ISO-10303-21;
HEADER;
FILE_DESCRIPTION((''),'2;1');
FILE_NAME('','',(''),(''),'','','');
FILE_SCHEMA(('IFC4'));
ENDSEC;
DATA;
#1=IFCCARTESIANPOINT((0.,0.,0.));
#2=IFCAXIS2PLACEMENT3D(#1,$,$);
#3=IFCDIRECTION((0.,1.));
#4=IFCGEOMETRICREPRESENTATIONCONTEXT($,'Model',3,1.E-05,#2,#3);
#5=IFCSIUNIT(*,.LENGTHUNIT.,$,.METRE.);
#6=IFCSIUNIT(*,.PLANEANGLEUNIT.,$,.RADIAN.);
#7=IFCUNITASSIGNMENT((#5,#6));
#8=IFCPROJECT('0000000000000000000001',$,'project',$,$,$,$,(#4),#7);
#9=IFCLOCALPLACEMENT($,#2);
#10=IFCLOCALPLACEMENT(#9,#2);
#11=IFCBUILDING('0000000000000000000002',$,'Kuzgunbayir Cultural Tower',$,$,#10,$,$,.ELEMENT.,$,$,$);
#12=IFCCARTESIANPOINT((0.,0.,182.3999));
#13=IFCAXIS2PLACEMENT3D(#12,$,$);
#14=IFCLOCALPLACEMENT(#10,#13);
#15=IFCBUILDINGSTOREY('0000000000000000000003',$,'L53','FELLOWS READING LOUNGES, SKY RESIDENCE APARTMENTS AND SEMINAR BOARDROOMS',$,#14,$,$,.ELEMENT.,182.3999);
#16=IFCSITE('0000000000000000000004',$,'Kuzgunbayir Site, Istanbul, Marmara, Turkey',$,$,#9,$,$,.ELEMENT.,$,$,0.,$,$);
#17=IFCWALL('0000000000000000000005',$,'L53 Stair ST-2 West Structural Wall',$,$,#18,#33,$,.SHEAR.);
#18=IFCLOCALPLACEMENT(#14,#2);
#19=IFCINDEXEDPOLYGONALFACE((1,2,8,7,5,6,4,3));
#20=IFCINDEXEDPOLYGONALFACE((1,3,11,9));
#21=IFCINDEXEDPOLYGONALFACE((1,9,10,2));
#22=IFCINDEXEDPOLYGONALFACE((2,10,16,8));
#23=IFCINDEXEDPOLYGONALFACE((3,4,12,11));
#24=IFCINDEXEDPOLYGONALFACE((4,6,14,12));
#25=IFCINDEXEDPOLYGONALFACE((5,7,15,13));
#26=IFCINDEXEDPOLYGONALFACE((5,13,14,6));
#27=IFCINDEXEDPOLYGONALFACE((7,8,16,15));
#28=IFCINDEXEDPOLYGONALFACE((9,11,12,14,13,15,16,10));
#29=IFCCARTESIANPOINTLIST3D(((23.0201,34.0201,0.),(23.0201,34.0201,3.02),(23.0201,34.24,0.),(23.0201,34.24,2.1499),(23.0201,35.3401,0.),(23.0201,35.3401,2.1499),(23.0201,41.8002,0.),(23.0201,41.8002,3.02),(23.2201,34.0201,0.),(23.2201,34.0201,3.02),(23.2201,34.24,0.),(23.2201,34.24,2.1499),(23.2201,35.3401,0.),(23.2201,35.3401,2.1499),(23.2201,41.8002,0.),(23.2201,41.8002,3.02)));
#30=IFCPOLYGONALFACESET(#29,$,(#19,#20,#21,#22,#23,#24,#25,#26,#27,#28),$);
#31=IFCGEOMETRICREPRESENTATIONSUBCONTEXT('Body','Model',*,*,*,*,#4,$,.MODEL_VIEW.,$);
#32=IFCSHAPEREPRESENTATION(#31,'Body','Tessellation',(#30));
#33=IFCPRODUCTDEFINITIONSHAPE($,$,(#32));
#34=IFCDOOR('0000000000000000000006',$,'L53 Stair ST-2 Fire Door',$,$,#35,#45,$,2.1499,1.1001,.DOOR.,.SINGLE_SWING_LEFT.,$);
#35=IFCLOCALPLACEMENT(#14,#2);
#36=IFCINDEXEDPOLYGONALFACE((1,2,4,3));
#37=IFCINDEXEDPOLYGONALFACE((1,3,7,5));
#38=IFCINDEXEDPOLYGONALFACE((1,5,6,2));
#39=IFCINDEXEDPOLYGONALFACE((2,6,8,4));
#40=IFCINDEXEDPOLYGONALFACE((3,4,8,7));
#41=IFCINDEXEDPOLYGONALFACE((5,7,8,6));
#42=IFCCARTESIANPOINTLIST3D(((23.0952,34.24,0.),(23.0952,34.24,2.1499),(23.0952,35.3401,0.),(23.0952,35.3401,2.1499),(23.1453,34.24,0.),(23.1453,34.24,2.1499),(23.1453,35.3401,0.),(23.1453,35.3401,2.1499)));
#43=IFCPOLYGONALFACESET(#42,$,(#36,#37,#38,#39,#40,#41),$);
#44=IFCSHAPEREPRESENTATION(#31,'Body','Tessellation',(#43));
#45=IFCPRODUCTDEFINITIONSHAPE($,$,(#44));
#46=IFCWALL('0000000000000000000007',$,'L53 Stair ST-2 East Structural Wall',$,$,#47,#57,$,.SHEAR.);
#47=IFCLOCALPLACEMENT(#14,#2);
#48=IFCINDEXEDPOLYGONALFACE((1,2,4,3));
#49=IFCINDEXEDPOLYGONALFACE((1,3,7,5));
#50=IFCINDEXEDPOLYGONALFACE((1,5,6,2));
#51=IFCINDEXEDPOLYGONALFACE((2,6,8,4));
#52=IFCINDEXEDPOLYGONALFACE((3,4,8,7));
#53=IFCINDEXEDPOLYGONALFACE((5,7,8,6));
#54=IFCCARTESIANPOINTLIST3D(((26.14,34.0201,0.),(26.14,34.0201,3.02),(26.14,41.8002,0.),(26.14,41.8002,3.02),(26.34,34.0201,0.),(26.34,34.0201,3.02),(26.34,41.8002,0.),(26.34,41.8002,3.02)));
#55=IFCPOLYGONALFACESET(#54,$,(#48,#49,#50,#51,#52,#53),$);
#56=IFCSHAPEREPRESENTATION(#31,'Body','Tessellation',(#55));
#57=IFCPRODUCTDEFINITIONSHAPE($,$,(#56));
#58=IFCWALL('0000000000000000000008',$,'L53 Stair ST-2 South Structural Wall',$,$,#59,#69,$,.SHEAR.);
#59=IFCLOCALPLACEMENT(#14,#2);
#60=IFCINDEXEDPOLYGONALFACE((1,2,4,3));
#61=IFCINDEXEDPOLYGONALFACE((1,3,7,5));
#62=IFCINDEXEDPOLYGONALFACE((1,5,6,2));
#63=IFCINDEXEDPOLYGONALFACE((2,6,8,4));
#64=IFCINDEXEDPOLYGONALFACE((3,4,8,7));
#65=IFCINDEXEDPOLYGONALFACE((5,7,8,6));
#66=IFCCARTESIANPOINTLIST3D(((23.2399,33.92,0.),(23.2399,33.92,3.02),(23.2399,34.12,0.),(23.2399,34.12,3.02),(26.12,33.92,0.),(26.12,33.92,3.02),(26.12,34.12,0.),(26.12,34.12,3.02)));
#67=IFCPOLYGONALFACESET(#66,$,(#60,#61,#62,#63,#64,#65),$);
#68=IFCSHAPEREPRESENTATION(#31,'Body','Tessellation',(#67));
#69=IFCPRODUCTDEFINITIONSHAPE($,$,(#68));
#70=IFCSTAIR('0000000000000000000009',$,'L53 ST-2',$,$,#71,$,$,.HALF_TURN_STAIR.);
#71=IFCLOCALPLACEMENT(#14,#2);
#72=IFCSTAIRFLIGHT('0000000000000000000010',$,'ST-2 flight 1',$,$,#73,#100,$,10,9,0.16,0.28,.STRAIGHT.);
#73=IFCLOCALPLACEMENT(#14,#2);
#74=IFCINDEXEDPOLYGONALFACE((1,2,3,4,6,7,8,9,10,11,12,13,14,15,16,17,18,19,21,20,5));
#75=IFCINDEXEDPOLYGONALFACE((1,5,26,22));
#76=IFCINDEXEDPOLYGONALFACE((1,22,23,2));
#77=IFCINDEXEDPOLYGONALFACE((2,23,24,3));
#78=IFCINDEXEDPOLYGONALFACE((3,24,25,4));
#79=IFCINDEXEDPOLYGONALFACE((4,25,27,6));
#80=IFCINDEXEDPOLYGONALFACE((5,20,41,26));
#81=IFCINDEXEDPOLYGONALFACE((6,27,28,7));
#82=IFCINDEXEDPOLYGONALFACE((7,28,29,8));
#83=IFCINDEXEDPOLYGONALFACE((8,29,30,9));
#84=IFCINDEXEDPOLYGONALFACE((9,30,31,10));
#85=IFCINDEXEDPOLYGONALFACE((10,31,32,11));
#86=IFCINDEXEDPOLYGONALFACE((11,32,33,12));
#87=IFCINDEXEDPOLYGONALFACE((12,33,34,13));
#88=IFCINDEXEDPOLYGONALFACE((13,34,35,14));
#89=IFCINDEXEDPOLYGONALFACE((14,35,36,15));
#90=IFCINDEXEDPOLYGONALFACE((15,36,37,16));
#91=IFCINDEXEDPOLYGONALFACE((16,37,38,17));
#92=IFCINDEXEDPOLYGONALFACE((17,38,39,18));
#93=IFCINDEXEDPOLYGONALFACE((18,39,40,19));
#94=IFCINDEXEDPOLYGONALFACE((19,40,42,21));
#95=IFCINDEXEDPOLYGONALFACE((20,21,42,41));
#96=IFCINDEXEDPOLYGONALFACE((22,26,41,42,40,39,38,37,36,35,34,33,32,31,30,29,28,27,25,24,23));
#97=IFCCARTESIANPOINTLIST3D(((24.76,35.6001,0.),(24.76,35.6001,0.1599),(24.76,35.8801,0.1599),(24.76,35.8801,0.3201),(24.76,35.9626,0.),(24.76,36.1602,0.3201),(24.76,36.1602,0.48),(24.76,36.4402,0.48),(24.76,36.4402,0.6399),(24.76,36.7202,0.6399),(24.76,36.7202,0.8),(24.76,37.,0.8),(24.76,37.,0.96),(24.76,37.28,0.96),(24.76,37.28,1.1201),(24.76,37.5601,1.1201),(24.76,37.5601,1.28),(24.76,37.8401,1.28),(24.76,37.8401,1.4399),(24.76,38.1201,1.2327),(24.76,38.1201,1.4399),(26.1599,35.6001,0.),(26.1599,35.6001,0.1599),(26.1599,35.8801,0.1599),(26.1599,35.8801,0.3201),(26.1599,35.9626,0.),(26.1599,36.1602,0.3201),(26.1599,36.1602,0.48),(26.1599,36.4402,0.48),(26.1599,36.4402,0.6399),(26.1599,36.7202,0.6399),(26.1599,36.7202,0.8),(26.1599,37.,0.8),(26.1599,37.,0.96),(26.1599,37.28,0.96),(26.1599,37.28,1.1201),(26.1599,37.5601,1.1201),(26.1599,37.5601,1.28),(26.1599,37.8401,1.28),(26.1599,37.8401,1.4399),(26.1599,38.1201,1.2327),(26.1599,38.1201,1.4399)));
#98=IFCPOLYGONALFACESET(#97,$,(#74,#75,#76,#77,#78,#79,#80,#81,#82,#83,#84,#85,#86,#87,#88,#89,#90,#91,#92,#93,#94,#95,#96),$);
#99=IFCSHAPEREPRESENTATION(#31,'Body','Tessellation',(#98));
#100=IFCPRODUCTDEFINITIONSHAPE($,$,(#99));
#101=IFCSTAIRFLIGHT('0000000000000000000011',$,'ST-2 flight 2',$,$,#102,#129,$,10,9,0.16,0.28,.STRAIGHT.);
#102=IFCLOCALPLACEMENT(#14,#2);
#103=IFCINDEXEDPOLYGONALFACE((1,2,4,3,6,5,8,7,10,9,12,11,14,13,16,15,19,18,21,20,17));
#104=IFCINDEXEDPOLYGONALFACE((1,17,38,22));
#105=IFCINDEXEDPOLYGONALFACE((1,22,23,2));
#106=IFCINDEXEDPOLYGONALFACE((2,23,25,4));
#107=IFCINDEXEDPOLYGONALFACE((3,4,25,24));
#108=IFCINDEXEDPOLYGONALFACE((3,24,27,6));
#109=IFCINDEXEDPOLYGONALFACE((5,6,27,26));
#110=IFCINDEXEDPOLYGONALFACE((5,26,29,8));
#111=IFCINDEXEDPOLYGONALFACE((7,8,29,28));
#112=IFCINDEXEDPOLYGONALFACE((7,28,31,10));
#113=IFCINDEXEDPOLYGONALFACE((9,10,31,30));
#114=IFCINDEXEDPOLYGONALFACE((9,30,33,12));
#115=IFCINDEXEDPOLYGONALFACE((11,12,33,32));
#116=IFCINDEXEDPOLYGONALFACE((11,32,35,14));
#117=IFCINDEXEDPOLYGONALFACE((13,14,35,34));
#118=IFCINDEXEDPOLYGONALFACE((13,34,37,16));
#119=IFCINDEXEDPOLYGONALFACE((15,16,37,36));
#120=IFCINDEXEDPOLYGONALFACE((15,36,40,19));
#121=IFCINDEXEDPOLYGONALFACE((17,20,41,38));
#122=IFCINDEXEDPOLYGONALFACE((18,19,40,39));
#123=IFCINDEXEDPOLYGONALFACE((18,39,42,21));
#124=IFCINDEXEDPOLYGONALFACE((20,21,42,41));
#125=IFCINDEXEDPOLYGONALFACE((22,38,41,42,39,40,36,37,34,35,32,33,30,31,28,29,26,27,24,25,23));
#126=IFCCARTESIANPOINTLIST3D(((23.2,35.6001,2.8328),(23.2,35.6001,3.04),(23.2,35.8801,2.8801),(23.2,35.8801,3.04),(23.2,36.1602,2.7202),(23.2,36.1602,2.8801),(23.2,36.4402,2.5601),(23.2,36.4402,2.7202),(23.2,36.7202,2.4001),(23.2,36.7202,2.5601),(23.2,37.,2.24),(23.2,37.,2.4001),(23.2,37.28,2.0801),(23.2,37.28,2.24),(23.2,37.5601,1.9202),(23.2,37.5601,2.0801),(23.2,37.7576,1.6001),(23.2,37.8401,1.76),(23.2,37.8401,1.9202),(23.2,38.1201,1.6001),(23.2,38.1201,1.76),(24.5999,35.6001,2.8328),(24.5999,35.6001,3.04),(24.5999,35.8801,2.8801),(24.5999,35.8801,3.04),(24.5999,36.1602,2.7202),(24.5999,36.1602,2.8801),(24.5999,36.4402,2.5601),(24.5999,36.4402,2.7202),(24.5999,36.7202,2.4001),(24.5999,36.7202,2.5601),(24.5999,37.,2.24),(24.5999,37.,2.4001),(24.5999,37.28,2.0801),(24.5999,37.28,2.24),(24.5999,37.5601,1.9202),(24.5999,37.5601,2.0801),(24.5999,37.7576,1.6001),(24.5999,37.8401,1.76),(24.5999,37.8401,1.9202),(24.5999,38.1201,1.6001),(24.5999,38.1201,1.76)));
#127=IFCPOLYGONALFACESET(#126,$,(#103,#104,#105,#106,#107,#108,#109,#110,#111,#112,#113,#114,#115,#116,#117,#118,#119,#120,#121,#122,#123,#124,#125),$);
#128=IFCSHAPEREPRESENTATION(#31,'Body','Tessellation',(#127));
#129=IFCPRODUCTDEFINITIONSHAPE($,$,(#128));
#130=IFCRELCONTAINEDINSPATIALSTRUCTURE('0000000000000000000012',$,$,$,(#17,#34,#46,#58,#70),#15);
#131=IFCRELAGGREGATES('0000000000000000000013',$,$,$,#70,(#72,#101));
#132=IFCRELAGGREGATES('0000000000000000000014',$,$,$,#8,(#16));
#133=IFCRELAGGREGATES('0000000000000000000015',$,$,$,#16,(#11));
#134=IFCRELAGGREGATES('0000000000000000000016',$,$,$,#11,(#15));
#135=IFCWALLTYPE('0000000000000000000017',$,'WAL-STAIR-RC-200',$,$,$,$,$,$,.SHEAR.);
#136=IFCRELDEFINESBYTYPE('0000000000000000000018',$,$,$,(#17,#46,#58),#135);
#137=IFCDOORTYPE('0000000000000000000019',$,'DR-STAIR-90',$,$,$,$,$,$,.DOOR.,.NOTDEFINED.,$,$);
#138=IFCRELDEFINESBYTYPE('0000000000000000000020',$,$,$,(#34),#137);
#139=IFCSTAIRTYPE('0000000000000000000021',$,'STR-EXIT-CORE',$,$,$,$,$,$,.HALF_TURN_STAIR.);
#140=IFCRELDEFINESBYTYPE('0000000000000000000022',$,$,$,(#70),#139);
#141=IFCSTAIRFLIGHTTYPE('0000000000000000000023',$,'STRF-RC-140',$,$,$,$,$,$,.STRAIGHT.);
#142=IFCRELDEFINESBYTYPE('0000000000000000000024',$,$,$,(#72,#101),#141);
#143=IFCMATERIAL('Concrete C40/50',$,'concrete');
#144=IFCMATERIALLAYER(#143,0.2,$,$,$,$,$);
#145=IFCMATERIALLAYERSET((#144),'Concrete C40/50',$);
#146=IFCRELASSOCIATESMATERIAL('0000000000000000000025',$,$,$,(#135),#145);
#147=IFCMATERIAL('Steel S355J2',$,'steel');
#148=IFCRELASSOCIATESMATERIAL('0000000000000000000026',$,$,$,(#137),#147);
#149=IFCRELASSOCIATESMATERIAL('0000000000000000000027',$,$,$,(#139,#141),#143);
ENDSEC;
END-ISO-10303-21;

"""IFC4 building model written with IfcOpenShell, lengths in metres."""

from ifc_helpers import new_model, si_unit, direction, frame, frame_2d, origin, place, context, subcontext, project, spatial, polyline, rectangle, outline, extrude, material, layer, layer_set, type_object, element, fill, aggregate, save


model = new_model("IFC4")

# Units and contexts
model_context = context("Model", 3, precision=1e-05, world=origin(), true_north=direction((0.0, 1.0)))
body_context = subcontext(model_context, "Body", "Model", "MODEL_VIEW")
ifc_project = project(units=[si_unit("LENGTHUNIT", "METRE"), si_unit("PLANEANGLEUNIT", "RADIAN")], contexts=[model_context])

# Site, building, storey
site_placement = place(None, origin())
site = spatial("IfcSite", under=ifc_project, at=site_placement, Name="Kuzgunbayir Site, Istanbul, Marmara, Turkey", CompositionType="ELEMENT", RefElevation=0.0)
building_placement = place(site_placement, origin())
building = spatial("IfcBuilding", under=site, at=building_placement, Name="Kuzgunbayir Cultural Tower", CompositionType="ELEMENT")
storey_placement = place(building_placement, frame((0.0, 0.0, 182.3999)))
storey = spatial("IfcBuildingStorey", under=building, at=storey_placement, Name="L53", Description="FELLOWS READING LOUNGES, SKY RESIDENCE APARTMENTS AND SEMINAR BOARDROOMS", CompositionType="ELEMENT", Elevation=182.3999)

# Shared definitions
ifc_material_1 = material(Name="Steel S355J2", Category="steel")

# Shared definitions
ifc_material_2 = material(Name="Concrete C40/50", Category="concrete")

# Wall, opening, door
ifc_layer_1 = layer(ifc_material_2, 0.2)
ifc_layer_set_1 = layer_set([ifc_layer_1], Name="Concrete C40/50")
wall_type_1 = type_object("IfcWallType", Name="WAL-STAIR-RC-200", PredefinedType="SHEAR", material=ifc_layer_set_1)
wall_1_placement = place(storey_placement, frame((23.1201, 34.02, 0.0), z_axis=(0.0, 0.0, 1.0), x_axis=(0.0, 1.0, 0.0)))
wall_1 = element("IfcWall", 1, at=wall_1_placement, inside=storey, type_object=wall_type_1, Name="L53 Stair ST-2 West Structural Wall", PredefinedType="SHEAR", context=body_context, shape_type="SweptSolid", body=[
    extrude(rectangle(XDim=7.78, YDim=0.2, at=frame_2d((3.8901, 0.0))), origin(), (0.0, 0.0, 1.0), 3.02),
])
opening_1_placement = place(wall_1_placement, frame((0.22, 0.0, 0.0)))
opening_1 = element("IfcOpeningElement", 2, at=opening_1_placement, cuts=wall_1, PredefinedType="OPENING", context=body_context, shape_type="SweptSolid", body=[
    extrude(rectangle(XDim=1.1001, YDim=2.1499, at=frame_2d((0.55, 1.075))), frame((0.0, 0.1099, 0.0), z_axis=(0.0, -1.0, 0.0), x_axis=(1.0, 0.0, 0.0)), (0.0, 0.0, 1.0), 0.22),
])
door_type_1 = type_object("IfcDoorType", Name="DR-STAIR-90", OperationType="NOTDEFINED", PredefinedType="DOOR", material=ifc_material_1)
door_1_placement = place(opening_1_placement, origin())
door_1 = element("IfcDoor", 3, at=door_1_placement, inside=storey, type_object=door_type_1, Name="L53 Stair ST-2 Fire Door", OperationType="SINGLE_SWING_LEFT", OverallHeight=2.1499, OverallWidth=1.1001, PredefinedType="DOOR", context=body_context, shape_type="SweptSolid", body=[
    extrude(rectangle(XDim=1.1001, YDim=2.1499, at=frame_2d((0.55, 1.075))), frame((0.0, 0.0249, 0.0), z_axis=(0.0, -1.0, 0.0), x_axis=(1.0, 0.0, 0.0)), (0.0, 0.0, 1.0), 0.05),
])
fill(opening_1, door_1)

# Walls
wall_2_placement = place(storey_placement, frame((26.24, 34.02, 0.0), z_axis=(0.0, 0.0, 1.0), x_axis=(0.0, 1.0, 0.0)))
element("IfcWall", 4, at=wall_2_placement, inside=storey, type_object=wall_type_1, Name="L53 Stair ST-2 East Structural Wall", PredefinedType="SHEAR", context=body_context, shape_type="SweptSolid", body=[
    extrude(rectangle(XDim=7.78, YDim=0.2, at=frame_2d((3.8901, 0.0))), origin(), (0.0, 0.0, 1.0), 3.02),
])
wall_3_placement = place(storey_placement, frame((23.24, 34.02, 0.0), z_axis=(0.0, 0.0, 1.0), x_axis=(1.0, 0.0, 0.0)))
element("IfcWall", 5, at=wall_3_placement, inside=storey, type_object=wall_type_1, Name="L53 Stair ST-2 South Structural Wall", PredefinedType="SHEAR", context=body_context, shape_type="SweptSolid", body=[
    extrude(rectangle(XDim=2.8801, YDim=0.2, at=frame_2d((1.4399, 0.0))), origin(), (0.0, 0.0, 1.0), 3.02),
])

# Stair, stair flights
stair_type = type_object("IfcStairType", Name="STR-EXIT-CORE", PredefinedType="HALF_TURN_STAIR", material=ifc_material_2)
stair_placement = place(storey_placement, origin())
stair = element("IfcStair", 6, at=stair_placement, inside=storey, type_object=stair_type, Name="L53 ST-2", PredefinedType="HALF_TURN_STAIR")
stair_flight_type = type_object("IfcStairFlightType", Name="STRF-RC-140", PredefinedType="STRAIGHT", material=ifc_material_2)
stair_flight_1_placement = place(storey_placement, frame((25.46, 35.6001, 0.0), z_axis=(0.0, 0.0, 1.0), x_axis=(0.0, 1.0, 0.0)))
stair_flight_1 = element("IfcStairFlight", 7, at=stair_flight_1_placement, type_object=stair_flight_type, Name="ST-2 flight 1", NumberOfRisers=10, NumberOfTreads=9, PredefinedType="STRAIGHT", RiserHeight=0.16, TreadLength=0.28, context=body_context, shape_type="SweptSolid", body=[
    extrude(outline(polyline([(0.0, 0.0), (0.0, 0.1599), (0.28, 0.1599), (0.28, 0.3201), (0.5601, 0.3201), (0.5601, 0.48), (0.8401, 0.48), (0.8401, 0.6399), (1.1201, 0.6399), (1.1201, 0.8), (1.3999, 0.8), (1.3999, 0.96), (1.6799, 0.96), (1.6799, 1.1201), (1.96, 1.1201), (1.96, 1.28), (2.24, 1.28), (2.24, 1.4399), (2.52, 1.4399), (2.52, 1.6001), (2.52, 1.2327), (0.3625, 0.0), (0.0, 0.0)])), frame((0.0, 0.7, 0.0), z_axis=(0.0, -1.0, 0.0), x_axis=(1.0, 0.0, 0.0)), (0.0, 0.0, 1.0), 1.3999),
])
stair_flight_2_placement = place(storey_placement, frame((23.8999, 38.1201, 1.6001), z_axis=(0.0, 0.0, 1.0), x_axis=(0.0, -1.0, 0.0)))
stair_flight_2 = element("IfcStairFlight", 8, at=stair_flight_2_placement, type_object=stair_flight_type, Name="ST-2 flight 2", NumberOfRisers=10, NumberOfTreads=9, PredefinedType="STRAIGHT", RiserHeight=0.16, TreadLength=0.28, context=body_context, shape_type="SweptSolid", body=[
    extrude(outline(polyline([(0.0, 0.0), (0.0, 0.1599), (0.28, 0.1599), (0.28, 0.3201), (0.5601, 0.3201), (0.5601, 0.48), (0.8401, 0.48), (0.8401, 0.6399), (1.1201, 0.6399), (1.1201, 0.8), (1.3999, 0.8), (1.3999, 0.96), (1.6799, 0.96), (1.6799, 1.1201), (1.96, 1.1201), (1.96, 1.28), (2.24, 1.28), (2.24, 1.4399), (2.52, 1.4399), (2.52, 1.6001), (2.52, 1.2327), (0.3625, 0.0), (0.0, 0.0)])), frame((0.0, 0.7, 0.0), z_axis=(0.0, -1.0, 0.0), x_axis=(1.0, 0.0, 0.0)), (0.0, 0.0, 1.0), 1.3999),
])
aggregate(stair, [stair_flight_1, stair_flight_2])

save(model, "model.ifc")
